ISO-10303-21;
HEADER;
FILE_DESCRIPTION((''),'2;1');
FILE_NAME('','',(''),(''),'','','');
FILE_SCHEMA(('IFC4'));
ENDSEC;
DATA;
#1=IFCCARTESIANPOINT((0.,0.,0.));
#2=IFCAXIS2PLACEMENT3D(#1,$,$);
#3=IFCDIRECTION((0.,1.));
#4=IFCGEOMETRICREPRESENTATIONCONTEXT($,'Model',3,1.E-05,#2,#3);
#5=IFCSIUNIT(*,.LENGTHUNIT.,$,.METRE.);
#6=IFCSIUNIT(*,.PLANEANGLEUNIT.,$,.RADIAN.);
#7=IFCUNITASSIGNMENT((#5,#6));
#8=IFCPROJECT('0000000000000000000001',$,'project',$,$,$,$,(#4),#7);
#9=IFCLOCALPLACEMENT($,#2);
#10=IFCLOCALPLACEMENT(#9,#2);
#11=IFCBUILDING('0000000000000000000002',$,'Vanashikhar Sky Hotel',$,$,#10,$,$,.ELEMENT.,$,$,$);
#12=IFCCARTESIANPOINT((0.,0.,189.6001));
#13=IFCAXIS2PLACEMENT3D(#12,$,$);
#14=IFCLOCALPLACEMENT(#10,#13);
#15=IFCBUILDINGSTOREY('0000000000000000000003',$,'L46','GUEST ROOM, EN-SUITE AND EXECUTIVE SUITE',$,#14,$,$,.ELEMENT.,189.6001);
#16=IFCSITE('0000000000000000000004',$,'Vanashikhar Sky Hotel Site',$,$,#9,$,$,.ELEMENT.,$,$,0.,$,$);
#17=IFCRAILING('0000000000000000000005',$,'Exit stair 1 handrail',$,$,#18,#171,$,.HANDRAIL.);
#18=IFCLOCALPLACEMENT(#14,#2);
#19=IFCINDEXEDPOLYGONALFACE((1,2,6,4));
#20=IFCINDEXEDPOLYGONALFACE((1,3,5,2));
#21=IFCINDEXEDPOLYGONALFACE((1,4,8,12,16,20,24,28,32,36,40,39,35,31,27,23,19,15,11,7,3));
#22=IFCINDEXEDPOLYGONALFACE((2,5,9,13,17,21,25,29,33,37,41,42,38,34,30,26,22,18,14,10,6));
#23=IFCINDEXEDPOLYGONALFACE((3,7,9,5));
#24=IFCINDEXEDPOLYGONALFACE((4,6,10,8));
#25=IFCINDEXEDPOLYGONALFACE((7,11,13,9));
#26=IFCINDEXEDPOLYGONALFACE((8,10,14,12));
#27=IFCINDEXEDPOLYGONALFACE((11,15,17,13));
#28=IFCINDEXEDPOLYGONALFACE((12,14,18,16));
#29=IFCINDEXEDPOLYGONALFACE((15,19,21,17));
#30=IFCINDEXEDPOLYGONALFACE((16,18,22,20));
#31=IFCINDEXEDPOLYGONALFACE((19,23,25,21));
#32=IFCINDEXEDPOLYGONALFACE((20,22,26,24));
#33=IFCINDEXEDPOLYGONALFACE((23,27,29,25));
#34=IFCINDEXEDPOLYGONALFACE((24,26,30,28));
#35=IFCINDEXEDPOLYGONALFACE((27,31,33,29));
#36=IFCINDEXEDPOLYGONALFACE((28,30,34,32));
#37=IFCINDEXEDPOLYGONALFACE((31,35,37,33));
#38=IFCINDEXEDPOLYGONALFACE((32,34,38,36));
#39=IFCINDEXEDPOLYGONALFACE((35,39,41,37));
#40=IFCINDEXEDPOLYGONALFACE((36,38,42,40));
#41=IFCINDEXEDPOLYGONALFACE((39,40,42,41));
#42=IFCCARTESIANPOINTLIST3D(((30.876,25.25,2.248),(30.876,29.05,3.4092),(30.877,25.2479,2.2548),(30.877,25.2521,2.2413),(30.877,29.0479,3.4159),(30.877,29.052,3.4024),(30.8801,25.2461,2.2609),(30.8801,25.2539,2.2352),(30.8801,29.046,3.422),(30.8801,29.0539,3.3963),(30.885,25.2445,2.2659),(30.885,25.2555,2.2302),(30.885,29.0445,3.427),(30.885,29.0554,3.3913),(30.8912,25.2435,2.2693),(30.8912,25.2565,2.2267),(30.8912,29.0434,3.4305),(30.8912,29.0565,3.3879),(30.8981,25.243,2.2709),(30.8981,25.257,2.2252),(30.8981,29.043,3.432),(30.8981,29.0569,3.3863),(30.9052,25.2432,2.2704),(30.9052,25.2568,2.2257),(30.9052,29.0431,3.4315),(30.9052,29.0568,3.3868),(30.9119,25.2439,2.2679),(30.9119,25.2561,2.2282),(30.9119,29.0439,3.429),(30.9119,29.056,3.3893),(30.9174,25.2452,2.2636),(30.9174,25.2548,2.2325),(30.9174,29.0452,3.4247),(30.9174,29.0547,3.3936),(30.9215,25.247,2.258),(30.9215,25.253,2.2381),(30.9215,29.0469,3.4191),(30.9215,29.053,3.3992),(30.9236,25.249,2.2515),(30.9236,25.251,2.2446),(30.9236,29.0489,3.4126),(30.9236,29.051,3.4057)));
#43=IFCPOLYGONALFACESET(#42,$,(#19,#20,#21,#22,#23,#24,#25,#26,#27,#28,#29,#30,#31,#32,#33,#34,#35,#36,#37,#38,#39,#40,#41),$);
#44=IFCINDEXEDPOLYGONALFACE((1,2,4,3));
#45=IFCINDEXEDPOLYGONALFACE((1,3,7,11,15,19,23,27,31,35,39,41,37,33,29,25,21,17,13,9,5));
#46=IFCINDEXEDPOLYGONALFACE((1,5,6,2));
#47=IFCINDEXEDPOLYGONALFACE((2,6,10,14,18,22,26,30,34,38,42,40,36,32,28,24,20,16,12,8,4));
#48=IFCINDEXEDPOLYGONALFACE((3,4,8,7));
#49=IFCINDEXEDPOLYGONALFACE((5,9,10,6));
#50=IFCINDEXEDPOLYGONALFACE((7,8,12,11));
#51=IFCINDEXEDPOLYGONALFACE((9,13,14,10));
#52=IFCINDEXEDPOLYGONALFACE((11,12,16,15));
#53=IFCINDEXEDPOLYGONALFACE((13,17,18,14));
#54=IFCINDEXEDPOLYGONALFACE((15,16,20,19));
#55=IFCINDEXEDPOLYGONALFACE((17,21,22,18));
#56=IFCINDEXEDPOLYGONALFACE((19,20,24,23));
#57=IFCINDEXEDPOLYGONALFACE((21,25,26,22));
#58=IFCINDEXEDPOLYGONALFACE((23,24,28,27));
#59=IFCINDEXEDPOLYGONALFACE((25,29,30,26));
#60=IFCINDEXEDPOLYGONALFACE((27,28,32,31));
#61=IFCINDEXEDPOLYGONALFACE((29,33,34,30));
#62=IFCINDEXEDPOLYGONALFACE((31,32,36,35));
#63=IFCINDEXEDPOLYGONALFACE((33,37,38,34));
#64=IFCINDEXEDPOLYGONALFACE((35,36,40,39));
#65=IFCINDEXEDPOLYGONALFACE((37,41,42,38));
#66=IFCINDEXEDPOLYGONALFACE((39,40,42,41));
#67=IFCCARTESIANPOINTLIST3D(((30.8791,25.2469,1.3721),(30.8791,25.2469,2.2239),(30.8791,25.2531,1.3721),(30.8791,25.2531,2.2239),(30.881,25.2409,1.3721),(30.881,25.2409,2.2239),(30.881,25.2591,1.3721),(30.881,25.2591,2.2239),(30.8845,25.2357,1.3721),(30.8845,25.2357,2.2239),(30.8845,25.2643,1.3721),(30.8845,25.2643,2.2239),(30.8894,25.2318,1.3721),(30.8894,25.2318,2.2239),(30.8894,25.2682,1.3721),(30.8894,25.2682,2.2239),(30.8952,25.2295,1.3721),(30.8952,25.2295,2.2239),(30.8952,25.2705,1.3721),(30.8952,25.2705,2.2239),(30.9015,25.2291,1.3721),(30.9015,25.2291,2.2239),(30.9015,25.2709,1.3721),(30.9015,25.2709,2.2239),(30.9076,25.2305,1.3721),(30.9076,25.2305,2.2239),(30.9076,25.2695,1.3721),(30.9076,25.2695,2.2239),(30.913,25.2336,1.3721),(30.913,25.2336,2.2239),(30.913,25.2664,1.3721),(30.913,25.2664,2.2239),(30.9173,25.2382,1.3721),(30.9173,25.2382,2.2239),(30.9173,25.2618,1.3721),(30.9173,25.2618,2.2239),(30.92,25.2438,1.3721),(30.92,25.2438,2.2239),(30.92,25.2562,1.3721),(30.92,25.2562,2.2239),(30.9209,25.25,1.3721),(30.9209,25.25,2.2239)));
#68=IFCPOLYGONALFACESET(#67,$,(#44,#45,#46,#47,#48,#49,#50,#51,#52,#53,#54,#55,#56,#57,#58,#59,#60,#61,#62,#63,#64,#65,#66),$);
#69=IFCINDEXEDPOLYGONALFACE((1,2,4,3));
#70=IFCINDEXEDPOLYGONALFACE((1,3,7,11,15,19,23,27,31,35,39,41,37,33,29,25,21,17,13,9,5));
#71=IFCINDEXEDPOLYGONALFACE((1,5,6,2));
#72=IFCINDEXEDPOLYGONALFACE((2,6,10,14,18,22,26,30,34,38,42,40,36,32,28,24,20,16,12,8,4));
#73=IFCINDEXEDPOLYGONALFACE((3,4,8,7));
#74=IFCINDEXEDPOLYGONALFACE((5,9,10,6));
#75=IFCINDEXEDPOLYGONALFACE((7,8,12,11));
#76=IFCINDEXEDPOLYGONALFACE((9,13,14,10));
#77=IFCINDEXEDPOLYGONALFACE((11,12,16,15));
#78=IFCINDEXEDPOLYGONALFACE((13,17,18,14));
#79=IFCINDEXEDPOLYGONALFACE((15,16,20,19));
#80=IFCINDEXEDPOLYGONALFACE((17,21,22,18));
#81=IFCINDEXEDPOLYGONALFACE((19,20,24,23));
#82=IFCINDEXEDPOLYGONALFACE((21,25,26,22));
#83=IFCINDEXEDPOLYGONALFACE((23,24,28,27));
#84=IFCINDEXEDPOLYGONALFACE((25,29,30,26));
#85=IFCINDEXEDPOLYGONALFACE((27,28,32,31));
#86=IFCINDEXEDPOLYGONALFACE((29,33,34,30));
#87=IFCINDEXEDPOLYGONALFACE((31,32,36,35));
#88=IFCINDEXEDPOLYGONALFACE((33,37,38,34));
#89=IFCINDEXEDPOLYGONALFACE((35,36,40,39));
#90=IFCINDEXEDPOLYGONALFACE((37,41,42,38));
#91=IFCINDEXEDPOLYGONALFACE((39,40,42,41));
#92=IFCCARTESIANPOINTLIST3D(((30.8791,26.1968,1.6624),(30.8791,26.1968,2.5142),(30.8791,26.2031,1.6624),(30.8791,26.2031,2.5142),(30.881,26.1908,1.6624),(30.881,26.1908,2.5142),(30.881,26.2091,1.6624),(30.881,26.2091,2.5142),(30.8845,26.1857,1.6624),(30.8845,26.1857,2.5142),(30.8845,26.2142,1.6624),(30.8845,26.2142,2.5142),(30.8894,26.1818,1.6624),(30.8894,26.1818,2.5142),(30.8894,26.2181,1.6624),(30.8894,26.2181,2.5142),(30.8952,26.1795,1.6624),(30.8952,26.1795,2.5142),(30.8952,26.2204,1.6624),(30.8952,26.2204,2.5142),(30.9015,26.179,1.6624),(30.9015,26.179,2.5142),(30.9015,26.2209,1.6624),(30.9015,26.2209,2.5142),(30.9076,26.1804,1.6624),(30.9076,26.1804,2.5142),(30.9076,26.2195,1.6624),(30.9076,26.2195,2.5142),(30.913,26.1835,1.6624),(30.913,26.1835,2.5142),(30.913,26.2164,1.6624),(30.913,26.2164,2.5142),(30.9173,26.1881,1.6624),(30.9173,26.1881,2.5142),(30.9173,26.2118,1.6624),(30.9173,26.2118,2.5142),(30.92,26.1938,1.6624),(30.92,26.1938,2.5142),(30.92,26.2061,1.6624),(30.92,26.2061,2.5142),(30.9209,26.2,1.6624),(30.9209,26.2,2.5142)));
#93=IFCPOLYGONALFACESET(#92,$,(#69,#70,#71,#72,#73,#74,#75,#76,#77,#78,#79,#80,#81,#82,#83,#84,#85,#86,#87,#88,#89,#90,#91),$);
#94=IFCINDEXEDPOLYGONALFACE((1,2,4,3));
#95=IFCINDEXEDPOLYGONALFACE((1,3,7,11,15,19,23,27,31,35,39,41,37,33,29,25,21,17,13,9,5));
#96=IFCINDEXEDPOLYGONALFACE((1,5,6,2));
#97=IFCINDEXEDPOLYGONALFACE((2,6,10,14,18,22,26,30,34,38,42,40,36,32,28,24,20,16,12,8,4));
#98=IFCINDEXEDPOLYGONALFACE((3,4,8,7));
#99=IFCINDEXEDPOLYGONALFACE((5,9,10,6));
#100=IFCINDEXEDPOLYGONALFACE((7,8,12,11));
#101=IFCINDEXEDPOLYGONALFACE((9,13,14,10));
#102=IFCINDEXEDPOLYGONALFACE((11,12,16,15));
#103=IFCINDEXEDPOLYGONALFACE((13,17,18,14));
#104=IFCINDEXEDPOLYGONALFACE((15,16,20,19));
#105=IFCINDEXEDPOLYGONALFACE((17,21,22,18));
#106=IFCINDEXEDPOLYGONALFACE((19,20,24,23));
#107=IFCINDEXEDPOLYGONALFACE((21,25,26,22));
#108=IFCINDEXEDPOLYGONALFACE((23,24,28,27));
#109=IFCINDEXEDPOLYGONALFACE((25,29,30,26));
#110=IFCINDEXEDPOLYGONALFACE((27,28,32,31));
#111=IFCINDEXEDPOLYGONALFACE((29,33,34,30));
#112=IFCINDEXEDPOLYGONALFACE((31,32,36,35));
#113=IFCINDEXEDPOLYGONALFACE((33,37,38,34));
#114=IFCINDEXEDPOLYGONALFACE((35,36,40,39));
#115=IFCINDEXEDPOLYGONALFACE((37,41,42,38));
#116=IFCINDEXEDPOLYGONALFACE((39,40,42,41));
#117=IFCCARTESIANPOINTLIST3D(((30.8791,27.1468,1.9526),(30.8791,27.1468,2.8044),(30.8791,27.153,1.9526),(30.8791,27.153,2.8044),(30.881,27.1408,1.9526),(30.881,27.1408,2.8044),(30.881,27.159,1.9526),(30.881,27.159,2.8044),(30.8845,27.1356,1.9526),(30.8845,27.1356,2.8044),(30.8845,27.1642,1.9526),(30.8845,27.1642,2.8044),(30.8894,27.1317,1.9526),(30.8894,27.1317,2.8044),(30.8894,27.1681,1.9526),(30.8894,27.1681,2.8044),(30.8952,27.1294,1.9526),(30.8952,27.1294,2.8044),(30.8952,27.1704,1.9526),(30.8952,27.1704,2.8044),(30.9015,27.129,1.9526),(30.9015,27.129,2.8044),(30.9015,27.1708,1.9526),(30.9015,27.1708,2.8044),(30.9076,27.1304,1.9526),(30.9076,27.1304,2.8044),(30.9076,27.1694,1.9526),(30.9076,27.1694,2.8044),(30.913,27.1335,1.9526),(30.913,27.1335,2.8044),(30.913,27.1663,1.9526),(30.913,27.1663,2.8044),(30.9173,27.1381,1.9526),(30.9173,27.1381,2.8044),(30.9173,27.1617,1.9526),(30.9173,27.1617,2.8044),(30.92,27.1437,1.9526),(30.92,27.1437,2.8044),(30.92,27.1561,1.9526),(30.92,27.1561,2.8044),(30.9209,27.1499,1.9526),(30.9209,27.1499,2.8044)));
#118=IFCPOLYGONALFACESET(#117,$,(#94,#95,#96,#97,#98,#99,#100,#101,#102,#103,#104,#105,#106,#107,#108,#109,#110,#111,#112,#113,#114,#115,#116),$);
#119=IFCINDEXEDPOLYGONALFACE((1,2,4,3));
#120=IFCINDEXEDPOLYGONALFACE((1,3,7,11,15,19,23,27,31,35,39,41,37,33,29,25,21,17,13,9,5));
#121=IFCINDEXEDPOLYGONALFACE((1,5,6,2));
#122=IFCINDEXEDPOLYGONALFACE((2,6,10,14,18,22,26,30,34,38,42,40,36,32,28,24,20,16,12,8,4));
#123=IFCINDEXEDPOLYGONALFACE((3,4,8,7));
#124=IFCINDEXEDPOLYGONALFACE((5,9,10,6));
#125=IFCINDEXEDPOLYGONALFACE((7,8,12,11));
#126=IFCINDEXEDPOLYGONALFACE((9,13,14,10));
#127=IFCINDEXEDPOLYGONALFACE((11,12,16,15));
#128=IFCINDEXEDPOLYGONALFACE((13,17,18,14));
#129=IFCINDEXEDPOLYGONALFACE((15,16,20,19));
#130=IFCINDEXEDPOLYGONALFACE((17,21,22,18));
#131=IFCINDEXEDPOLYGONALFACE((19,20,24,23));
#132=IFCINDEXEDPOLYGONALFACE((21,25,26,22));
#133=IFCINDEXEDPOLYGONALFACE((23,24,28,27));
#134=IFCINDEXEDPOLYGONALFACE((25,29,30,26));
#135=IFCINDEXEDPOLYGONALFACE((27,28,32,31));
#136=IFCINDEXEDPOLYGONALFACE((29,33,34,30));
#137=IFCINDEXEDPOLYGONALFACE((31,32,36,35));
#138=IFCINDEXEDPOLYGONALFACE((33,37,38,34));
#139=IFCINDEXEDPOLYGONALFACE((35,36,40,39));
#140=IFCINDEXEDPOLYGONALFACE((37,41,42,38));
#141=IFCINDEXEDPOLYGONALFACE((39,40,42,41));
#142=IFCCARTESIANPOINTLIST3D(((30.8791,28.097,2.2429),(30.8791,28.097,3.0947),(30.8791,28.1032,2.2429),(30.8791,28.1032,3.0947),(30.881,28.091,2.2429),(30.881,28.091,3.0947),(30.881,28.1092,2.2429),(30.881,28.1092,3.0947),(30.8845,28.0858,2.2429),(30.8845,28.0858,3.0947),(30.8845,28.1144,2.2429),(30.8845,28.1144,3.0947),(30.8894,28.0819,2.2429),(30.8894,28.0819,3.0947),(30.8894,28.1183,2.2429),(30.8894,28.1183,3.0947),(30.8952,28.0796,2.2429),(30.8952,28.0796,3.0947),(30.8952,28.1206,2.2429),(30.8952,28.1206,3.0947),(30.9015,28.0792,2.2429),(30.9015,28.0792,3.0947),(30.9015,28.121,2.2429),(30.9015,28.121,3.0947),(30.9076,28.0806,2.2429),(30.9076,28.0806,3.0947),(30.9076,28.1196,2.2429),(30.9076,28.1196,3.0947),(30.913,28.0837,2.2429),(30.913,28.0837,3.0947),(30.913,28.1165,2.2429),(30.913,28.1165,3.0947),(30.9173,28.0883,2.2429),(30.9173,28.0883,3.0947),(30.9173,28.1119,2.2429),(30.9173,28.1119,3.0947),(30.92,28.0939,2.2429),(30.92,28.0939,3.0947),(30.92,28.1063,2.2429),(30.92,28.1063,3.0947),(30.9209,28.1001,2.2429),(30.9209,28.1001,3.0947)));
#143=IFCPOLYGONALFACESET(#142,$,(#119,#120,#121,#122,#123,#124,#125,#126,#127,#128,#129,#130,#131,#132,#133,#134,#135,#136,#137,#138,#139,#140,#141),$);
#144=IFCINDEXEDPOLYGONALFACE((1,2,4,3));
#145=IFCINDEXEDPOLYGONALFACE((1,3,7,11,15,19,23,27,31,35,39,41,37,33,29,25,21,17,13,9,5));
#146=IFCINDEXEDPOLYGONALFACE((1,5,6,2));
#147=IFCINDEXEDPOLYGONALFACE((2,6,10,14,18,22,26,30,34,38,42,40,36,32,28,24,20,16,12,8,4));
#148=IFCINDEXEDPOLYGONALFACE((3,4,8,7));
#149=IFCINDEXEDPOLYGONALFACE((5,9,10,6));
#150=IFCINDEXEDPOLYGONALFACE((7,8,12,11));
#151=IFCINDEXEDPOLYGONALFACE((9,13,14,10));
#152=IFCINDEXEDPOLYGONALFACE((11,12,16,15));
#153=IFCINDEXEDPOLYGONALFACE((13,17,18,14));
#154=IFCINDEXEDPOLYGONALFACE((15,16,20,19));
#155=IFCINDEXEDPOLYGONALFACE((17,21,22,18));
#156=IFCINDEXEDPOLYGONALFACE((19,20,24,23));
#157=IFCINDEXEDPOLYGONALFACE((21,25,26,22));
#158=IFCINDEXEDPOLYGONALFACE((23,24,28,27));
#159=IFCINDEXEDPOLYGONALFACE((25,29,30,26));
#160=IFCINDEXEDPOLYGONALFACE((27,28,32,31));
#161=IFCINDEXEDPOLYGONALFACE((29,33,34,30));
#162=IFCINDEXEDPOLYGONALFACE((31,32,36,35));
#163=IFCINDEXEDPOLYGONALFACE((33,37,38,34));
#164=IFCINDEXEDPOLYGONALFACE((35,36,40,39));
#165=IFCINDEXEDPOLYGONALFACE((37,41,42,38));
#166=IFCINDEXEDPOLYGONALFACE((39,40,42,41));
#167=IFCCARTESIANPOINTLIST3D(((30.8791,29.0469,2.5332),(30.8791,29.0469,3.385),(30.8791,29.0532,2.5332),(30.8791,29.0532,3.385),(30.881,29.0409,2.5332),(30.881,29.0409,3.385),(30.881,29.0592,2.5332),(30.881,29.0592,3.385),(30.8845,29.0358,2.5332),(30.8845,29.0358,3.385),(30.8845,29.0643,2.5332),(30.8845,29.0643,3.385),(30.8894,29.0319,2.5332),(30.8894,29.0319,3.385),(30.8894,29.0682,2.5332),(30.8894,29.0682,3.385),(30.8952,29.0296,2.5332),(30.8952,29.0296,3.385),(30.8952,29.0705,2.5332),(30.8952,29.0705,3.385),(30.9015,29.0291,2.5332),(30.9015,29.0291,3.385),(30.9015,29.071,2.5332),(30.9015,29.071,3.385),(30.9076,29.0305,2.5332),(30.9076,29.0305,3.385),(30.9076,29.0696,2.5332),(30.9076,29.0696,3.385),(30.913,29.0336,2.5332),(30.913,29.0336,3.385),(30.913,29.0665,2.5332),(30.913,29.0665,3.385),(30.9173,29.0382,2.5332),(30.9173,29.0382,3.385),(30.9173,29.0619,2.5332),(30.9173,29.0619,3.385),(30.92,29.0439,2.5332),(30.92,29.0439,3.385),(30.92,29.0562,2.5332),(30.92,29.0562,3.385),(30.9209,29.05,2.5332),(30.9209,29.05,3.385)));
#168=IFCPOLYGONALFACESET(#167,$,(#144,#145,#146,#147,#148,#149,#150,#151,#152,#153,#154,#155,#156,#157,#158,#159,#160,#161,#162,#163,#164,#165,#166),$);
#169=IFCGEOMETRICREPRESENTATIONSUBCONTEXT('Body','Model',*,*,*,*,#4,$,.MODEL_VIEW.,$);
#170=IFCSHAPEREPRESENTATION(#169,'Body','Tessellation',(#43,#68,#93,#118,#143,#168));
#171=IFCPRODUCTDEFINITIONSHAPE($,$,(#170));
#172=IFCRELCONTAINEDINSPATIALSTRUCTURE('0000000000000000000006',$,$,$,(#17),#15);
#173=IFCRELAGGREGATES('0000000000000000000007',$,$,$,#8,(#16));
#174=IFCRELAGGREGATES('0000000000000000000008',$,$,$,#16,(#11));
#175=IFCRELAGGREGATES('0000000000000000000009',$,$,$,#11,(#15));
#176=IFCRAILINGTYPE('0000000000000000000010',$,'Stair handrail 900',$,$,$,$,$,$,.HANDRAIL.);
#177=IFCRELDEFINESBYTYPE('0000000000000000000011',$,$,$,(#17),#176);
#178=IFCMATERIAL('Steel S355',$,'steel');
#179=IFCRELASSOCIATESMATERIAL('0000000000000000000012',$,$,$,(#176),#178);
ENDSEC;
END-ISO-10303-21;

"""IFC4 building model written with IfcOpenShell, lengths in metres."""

from ifc_helpers import new_model, si_unit, direction, frame, origin, origin_2d, place, context, subcontext, project, spatial, circle, extrude, source, transform, mapped, material, type_object, element, save


model = new_model("IFC4")

# Units and contexts
model_context = context("Model", 3, precision=1e-05, world=origin(), true_north=direction((0.0, 1.0)))
body_context = subcontext(model_context, "Body", "Model", "MODEL_VIEW")
ifc_project = project(units=[si_unit("LENGTHUNIT", "METRE"), si_unit("PLANEANGLEUNIT", "RADIAN")], contexts=[model_context])

# Site, building, storey
site_placement = place(None, origin())
site = spatial("IfcSite", under=ifc_project, at=site_placement, Name="Vanashikhar Sky Hotel Site", CompositionType="ELEMENT", RefElevation=0.0)
building_placement = place(site_placement, origin())
building = spatial("IfcBuilding", under=site, at=building_placement, Name="Vanashikhar Sky Hotel", CompositionType="ELEMENT")
storey_placement = place(building_placement, frame((0.0, 0.0, 189.6001)))
storey = spatial("IfcBuildingStorey", under=building, at=storey_placement, Name="L46", Description="GUEST ROOM, EN-SUITE AND EXECUTIVE SUITE", CompositionType="ELEMENT", Elevation=189.6001)

# Railing
ifc_material_1 = material(Name="Steel S355", Category="steel")
railing_type_1 = type_object("IfcRailingType", Name="Stair handrail 900", PredefinedType="HANDRAIL", material=ifc_material_1)
shared_shape_1 = source(origin(), body_context, "Body", "SweptSolid", [
    extrude(circle(Radius=0.0239, at=origin_2d()), frame((0.0, 0.0, 0.876), z_axis=(0.0, 0.956351, 0.29222), x_axis=(-1.0, 0.0, 0.0)), (0.0, 0.0, 1.0), 3.9734),
    extrude(circle(Radius=0.021, at=origin_2d()), origin(), (0.0, 0.0, 1.0), 0.8518),
    extrude(circle(Radius=0.021, at=origin_2d()), frame((0.0, 0.95, 0.2903)), (0.0, 0.0, 1.0), 0.8518),
    extrude(circle(Radius=0.021, at=origin_2d()), frame((0.0, 1.8999, 0.5806)), (0.0, 0.0, 1.0), 0.8518),
    extrude(circle(Radius=0.021, at=origin_2d()), frame((0.0, 2.8501, 0.8708)), (0.0, 0.0, 1.0), 0.8518),
    extrude(circle(Radius=0.021, at=origin_2d()), frame((0.0, 3.8, 1.1611)), (0.0, 0.0, 1.0), 0.8518),
])
railing_1_placement = place(storey_placement, frame((30.8999, 25.25, 1.3721)))
element("IfcRailing", 1, at=railing_1_placement, inside=storey, type_object=railing_type_1, Name="Exit stair 1 handrail", PredefinedType="HANDRAIL", context=body_context, shape_type="MappedRepresentation", body=[
    mapped(shared_shape_1, transform((0.0, 0.0, 0.0), scale=1.0)),
])

save(model, "model.ifc")
